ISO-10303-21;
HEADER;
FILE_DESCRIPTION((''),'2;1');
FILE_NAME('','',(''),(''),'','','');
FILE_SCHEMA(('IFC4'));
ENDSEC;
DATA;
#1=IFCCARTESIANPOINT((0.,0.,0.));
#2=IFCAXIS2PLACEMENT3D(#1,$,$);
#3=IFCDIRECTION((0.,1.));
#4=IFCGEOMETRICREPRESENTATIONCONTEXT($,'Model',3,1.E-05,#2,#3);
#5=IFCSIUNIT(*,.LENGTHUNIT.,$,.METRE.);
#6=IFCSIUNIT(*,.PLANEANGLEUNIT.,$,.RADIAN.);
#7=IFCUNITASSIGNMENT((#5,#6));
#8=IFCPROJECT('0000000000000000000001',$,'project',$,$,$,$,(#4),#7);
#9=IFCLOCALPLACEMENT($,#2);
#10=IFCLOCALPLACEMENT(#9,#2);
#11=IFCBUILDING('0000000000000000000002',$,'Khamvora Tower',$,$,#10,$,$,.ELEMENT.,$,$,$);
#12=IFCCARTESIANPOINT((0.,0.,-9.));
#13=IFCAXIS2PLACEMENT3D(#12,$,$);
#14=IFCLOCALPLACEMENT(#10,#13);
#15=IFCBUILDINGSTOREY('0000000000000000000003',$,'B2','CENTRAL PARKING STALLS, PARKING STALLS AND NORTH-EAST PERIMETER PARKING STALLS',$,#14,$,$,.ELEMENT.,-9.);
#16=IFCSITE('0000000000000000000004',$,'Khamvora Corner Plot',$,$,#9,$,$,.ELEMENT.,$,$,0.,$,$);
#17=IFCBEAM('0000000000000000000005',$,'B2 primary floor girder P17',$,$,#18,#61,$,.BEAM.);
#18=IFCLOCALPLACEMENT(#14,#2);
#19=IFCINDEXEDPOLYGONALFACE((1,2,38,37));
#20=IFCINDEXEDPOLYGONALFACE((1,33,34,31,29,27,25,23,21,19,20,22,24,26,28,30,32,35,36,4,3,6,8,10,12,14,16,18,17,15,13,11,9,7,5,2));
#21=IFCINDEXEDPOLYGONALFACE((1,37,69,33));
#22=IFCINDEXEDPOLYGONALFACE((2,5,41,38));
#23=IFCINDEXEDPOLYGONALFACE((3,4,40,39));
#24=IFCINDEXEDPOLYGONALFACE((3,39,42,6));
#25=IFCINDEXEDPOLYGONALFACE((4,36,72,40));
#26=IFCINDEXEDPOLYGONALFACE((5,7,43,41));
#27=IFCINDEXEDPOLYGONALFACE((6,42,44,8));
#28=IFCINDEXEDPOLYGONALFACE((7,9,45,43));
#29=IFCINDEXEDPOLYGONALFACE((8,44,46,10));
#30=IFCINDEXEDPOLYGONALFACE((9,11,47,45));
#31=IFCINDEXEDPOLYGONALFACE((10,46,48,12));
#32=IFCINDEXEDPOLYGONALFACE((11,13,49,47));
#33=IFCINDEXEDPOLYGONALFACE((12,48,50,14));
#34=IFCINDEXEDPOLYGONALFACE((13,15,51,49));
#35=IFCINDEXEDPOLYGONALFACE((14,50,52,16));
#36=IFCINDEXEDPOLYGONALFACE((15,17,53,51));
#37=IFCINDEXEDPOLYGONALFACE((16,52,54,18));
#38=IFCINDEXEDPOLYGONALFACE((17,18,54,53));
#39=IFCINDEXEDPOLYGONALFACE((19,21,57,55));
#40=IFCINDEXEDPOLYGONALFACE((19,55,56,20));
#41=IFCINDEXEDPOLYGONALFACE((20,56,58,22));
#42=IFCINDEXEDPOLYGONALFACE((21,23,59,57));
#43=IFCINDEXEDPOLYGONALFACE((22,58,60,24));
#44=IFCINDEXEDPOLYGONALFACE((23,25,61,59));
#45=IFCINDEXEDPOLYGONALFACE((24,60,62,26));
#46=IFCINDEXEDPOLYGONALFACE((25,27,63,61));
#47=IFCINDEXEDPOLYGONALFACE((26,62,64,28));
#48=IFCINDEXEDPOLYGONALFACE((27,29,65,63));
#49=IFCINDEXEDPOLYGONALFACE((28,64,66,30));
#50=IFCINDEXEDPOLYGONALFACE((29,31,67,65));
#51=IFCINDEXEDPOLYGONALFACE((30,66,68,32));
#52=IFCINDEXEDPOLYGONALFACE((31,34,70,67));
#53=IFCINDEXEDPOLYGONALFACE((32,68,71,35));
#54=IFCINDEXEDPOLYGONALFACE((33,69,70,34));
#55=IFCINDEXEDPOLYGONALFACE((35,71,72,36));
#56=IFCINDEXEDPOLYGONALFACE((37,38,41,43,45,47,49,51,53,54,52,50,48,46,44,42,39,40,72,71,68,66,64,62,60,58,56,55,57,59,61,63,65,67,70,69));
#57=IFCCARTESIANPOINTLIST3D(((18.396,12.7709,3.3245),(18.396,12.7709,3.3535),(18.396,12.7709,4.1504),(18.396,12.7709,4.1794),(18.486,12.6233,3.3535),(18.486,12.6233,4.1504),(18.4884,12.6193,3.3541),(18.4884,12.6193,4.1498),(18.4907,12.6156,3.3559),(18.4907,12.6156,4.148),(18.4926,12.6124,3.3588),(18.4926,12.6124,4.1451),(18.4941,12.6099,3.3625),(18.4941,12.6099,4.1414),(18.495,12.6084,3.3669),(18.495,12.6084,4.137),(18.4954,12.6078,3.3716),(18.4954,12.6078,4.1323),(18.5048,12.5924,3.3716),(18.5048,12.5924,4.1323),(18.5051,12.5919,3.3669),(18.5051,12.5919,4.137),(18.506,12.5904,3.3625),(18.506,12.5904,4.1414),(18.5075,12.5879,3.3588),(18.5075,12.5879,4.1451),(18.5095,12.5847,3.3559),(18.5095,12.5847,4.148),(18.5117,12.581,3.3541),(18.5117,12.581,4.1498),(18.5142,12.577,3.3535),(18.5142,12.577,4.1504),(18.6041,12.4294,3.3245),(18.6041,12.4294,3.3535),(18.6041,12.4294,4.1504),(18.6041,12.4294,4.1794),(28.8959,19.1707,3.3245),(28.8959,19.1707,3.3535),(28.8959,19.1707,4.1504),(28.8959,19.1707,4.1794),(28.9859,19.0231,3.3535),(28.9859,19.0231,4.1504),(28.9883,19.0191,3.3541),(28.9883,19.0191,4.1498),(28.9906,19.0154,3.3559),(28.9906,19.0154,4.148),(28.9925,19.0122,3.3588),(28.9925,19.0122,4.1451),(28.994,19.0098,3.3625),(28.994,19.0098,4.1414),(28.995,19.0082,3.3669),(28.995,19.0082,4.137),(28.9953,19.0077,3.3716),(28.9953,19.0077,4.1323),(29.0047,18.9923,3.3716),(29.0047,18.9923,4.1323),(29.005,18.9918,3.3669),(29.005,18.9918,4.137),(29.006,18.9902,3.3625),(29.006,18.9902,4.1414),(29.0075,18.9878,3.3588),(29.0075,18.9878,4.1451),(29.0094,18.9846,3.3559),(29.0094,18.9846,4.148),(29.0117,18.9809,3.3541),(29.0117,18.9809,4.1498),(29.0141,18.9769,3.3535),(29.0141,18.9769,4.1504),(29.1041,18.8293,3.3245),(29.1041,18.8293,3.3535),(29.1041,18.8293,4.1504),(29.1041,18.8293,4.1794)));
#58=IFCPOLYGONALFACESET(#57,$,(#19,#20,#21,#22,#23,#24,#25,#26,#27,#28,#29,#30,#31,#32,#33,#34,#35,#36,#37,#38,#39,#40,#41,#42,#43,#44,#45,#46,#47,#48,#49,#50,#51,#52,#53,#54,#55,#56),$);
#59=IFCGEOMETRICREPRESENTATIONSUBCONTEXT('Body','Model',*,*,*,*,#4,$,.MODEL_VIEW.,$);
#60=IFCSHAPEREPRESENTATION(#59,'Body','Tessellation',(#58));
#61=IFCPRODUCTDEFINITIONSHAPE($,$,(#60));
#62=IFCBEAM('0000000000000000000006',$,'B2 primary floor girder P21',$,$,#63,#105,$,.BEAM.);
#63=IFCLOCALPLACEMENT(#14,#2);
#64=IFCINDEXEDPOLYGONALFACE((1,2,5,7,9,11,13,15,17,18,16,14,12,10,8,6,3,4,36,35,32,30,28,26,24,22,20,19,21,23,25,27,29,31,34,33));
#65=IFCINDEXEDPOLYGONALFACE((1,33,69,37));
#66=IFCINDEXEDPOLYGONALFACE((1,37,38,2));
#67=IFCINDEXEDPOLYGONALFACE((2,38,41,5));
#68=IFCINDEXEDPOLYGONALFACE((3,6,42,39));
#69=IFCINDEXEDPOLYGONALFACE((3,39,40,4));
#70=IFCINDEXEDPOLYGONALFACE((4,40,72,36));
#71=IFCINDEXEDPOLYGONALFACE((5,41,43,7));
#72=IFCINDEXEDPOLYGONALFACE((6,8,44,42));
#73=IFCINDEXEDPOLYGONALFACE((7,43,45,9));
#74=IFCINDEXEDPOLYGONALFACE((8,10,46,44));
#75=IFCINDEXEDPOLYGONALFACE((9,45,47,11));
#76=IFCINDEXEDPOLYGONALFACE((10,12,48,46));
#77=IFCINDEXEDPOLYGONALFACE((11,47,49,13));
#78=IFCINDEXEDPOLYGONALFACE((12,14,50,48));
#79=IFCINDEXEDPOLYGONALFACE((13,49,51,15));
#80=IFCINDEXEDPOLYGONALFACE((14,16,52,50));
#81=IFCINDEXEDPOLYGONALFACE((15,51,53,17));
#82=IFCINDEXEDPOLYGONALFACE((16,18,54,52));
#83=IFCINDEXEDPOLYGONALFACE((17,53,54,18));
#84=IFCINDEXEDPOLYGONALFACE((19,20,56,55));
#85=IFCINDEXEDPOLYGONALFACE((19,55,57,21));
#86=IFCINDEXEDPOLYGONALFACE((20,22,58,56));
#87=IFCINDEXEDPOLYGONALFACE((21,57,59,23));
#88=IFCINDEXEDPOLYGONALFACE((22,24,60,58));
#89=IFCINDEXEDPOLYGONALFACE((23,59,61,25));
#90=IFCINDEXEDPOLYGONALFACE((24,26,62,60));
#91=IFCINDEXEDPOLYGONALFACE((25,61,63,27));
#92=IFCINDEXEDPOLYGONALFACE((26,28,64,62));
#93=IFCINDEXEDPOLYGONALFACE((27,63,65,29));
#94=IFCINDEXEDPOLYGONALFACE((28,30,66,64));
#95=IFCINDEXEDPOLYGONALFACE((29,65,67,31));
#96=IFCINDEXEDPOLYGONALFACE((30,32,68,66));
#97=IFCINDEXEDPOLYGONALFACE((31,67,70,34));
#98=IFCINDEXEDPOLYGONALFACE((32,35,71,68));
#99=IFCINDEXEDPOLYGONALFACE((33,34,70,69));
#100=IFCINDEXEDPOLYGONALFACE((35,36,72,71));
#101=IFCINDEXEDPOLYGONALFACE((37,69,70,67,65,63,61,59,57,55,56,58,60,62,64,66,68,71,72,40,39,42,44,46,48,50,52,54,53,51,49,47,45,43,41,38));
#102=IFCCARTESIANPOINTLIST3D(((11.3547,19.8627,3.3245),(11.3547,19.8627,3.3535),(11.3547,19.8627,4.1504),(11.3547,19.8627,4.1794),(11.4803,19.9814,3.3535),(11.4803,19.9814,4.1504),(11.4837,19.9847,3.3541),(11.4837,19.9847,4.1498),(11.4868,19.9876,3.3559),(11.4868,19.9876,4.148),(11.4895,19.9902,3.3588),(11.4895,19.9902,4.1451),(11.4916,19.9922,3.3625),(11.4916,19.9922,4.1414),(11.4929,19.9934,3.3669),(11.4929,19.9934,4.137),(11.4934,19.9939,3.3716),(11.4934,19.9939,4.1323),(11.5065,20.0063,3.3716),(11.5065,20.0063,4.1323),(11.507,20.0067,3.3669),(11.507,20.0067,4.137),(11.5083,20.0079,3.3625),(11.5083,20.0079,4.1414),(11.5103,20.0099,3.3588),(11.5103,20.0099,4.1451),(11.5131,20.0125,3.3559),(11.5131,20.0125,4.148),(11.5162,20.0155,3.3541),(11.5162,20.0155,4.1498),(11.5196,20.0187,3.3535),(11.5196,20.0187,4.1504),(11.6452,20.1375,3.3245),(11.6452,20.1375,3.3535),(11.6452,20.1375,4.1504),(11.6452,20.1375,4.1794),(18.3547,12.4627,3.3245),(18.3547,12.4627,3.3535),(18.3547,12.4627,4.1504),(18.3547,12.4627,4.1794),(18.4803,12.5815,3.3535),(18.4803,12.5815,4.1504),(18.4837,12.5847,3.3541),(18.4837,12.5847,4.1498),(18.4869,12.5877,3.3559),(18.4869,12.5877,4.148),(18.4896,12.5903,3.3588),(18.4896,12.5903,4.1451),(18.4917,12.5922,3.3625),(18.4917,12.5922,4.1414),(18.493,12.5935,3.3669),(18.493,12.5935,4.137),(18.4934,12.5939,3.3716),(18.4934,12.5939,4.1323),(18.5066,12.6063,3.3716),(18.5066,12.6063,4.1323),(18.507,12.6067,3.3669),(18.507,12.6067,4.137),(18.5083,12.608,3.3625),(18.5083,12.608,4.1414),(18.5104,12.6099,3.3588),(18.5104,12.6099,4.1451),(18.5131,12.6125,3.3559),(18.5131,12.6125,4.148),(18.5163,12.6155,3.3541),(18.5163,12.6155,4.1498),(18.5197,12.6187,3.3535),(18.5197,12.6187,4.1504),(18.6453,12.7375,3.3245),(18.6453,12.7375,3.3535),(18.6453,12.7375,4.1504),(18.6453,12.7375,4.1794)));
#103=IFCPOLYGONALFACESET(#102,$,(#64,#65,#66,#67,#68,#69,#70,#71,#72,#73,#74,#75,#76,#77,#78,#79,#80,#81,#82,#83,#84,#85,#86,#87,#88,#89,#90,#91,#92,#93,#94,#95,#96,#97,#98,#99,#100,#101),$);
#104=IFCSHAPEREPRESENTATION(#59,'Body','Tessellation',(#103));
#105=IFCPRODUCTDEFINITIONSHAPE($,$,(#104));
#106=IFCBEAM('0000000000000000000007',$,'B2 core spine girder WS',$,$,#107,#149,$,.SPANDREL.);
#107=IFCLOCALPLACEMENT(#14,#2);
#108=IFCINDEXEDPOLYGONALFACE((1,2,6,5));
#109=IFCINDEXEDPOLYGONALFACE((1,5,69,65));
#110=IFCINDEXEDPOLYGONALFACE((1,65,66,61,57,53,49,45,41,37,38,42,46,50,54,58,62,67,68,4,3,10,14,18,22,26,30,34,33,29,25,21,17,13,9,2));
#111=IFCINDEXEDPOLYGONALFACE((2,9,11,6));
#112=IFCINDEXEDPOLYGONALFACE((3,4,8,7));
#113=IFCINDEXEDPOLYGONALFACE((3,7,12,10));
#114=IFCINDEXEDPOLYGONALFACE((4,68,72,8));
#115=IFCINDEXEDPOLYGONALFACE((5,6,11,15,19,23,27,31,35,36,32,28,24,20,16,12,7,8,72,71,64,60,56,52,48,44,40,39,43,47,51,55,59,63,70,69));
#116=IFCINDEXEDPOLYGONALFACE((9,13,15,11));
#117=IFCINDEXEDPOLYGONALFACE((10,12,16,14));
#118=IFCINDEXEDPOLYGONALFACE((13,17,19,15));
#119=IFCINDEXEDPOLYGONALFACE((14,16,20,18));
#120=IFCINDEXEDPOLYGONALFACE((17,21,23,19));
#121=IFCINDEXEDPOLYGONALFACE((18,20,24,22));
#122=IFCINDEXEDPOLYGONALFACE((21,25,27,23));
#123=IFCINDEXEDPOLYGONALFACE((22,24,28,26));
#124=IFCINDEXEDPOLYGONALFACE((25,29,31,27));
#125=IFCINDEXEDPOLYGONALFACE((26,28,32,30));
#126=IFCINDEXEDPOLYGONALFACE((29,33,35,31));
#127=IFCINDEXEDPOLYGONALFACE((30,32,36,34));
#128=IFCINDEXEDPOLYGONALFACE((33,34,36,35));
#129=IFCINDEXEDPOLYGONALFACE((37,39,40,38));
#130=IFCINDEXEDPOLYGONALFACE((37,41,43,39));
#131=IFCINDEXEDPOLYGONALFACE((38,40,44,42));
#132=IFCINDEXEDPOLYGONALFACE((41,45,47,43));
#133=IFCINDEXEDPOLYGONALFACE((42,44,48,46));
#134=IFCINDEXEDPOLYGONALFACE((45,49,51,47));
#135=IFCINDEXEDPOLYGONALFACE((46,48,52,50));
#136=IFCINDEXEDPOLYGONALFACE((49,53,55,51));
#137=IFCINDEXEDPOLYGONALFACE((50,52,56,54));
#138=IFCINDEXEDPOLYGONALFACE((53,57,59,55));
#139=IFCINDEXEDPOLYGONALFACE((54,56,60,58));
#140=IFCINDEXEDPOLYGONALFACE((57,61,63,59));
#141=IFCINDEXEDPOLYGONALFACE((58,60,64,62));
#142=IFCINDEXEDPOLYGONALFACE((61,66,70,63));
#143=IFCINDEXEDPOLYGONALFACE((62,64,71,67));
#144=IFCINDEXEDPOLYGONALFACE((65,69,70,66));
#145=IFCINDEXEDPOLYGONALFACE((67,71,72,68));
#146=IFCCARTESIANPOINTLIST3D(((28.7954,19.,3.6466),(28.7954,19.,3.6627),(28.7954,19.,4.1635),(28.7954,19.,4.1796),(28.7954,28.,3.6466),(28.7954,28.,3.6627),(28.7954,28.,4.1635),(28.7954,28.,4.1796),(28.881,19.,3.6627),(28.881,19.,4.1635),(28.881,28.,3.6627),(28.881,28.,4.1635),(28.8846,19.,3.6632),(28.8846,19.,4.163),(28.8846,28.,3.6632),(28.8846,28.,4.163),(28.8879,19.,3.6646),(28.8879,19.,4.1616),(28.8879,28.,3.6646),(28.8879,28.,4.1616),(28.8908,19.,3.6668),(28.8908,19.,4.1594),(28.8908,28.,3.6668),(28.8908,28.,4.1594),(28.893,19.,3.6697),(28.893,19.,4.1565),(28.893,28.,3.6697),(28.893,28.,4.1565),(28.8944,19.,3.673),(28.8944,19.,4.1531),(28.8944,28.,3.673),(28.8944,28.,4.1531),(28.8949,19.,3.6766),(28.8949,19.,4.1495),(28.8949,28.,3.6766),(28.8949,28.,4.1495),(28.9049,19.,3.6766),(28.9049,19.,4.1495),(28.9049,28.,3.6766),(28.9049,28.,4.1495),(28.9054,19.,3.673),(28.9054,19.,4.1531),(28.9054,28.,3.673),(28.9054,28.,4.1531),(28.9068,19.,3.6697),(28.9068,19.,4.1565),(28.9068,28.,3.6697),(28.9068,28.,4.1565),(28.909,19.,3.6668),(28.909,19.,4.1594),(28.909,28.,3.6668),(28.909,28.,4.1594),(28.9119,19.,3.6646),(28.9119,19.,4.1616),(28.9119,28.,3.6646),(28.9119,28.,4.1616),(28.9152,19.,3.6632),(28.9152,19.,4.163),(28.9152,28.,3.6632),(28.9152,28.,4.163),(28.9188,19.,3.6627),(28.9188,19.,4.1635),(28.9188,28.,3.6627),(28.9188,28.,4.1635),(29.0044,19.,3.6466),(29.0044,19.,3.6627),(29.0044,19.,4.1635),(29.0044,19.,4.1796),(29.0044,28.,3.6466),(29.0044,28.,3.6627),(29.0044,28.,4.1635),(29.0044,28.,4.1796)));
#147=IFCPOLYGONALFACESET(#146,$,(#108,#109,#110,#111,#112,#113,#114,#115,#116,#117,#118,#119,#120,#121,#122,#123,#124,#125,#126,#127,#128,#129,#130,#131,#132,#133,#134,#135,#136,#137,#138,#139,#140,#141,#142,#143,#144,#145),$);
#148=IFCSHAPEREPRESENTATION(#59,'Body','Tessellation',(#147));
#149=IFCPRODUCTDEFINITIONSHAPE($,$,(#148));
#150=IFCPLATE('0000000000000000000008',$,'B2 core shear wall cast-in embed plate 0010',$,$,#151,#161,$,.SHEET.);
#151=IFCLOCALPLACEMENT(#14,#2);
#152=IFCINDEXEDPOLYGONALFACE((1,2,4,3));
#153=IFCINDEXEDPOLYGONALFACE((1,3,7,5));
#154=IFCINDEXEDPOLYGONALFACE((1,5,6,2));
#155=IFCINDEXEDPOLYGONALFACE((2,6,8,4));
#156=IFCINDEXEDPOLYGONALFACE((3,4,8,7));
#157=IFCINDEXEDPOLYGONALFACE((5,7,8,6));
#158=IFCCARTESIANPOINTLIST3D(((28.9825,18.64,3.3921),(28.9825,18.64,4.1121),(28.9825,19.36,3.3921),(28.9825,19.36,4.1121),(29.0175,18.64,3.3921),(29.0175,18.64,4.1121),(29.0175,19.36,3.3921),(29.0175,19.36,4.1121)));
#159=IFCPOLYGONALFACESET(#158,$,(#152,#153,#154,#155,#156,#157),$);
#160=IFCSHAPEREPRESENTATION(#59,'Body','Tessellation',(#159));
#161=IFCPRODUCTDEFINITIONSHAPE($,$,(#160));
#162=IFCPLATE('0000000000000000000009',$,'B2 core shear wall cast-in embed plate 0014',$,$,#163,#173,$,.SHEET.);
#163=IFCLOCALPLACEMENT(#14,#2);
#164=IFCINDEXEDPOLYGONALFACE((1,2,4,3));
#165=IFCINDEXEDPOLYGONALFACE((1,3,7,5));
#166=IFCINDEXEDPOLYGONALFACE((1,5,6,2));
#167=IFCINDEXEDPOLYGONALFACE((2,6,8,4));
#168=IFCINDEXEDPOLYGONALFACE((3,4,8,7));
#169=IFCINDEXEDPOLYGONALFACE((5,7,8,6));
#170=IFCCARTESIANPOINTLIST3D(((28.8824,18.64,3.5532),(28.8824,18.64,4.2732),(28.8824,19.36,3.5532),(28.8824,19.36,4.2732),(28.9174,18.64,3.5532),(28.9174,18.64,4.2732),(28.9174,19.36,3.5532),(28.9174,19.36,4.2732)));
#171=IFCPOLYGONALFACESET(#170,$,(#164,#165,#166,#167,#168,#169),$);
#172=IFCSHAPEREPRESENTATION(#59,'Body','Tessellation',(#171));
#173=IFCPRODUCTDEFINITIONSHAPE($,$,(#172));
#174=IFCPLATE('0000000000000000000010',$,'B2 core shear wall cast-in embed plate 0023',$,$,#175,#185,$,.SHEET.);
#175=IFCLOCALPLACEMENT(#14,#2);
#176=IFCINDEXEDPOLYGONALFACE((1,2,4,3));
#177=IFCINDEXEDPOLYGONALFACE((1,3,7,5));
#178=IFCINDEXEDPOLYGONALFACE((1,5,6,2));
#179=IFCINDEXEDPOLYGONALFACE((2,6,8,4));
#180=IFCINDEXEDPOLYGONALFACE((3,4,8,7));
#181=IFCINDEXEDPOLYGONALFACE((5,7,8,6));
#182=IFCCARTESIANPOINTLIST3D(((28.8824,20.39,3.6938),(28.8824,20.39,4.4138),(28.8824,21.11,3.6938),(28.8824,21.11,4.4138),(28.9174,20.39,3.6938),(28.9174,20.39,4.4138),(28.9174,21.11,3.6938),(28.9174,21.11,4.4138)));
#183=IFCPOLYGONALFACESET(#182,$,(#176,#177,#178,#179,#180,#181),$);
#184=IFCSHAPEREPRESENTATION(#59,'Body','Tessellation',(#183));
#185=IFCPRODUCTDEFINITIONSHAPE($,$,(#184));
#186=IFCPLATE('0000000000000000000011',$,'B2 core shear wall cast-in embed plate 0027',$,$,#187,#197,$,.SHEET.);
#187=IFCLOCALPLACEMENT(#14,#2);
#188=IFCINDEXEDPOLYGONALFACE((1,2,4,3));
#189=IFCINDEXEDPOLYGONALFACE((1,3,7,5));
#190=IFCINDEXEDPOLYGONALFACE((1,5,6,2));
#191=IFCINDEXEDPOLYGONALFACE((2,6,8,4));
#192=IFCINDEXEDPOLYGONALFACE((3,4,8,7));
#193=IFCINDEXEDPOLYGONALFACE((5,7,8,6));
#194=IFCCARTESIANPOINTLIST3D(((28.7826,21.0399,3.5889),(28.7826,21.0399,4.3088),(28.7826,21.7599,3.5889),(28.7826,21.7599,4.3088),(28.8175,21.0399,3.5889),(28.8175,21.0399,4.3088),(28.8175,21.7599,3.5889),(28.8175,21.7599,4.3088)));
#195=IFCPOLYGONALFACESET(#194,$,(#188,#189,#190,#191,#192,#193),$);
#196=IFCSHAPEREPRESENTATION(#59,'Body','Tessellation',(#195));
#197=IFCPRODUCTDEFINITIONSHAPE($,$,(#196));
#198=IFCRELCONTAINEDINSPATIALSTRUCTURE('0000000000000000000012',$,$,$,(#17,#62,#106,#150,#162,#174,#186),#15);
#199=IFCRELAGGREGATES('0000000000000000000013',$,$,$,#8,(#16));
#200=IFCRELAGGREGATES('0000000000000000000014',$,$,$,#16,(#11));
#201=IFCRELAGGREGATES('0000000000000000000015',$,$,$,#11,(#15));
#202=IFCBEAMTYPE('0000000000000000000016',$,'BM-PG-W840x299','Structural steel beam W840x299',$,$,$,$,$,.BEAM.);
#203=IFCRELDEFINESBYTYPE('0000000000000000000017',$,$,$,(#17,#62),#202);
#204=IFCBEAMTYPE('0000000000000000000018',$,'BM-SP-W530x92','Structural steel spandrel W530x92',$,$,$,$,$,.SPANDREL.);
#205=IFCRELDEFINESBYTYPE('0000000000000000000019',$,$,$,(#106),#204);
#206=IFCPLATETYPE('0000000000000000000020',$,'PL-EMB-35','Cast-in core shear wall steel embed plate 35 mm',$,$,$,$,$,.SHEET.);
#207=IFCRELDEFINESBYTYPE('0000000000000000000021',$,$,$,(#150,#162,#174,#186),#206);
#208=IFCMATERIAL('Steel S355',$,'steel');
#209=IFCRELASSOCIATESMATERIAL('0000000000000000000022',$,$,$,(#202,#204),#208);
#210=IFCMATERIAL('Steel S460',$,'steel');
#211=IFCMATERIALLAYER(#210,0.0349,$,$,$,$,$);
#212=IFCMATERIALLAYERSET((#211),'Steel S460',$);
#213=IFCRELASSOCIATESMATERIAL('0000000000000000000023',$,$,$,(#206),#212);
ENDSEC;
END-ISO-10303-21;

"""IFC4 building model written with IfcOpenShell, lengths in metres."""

from ifc_helpers import new_model, si_unit, direction, frame, origin, origin_2d, place, context, subcontext, project, spatial, rectangle, i_section, extrude, material, layer, layer_set, material_profile, profile_set, type_object, element, save


model = new_model("IFC4")

# Units and contexts
model_context = context("Model", 3, precision=1e-05, world=origin(), true_north=direction((0.0, 1.0)))
body_context = subcontext(model_context, "Body", "Model", "MODEL_VIEW")
ifc_project = project(units=[si_unit("LENGTHUNIT", "METRE"), si_unit("PLANEANGLEUNIT", "RADIAN")], contexts=[model_context])

# Site, building, storey
site_placement = place(None, origin())
site = spatial("IfcSite", under=ifc_project, at=site_placement, Name="Khamvora Corner Plot", CompositionType="ELEMENT", RefElevation=0.0)
building_placement = place(site_placement, origin())
building = spatial("IfcBuilding", under=site, at=building_placement, Name="Khamvora Tower", CompositionType="ELEMENT")
storey_placement = place(building_placement, frame((0.0, 0.0, -9.0)))
storey = spatial("IfcBuildingStorey", under=building, at=storey_placement, Name="B2", Description="CENTRAL PARKING STALLS, PARKING STALLS AND NORTH-EAST PERIMETER PARKING STALLS", CompositionType="ELEMENT", Elevation=-9.0)

# Shared definitions
ifc_material_1 = material(Name="Steel S460", Category="steel")

# Beams
ifc_material_2 = material(Name="Steel S355", Category="steel")
ifc_material_profile_1 = material_profile(ifc_material_2, i_section(OverallWidth=0.3999, OverallDepth=0.855, WebThickness=0.0181, FlangeThickness=0.0291, FilletRadius=0.0181, at=origin_2d()), Name="W840x299")
ifc_profile_set_1 = profile_set([ifc_material_profile_1], Name="Steel S355")
beam_type_1 = type_object("IfcBeamType", Name="BM-PG-W840x299", Description="Structural steel beam W840x299", PredefinedType="BEAM", material=ifc_profile_set_1)
beam_1_placement = place(storey_placement, frame((29.0, 19.0, 3.752), z_axis=(-0.853888, -0.520457, 0.0), x_axis=(0.520457, -0.853888, 0.0)))
element("IfcBeam", 1, at=beam_1_placement, inside=storey, type_object=beam_type_1, Name="B2 primary floor girder P17", PredefinedType="BEAM", context=body_context, shape_type="SweptSolid", body=[
    extrude(i_section(OverallWidth=0.3999, OverallDepth=0.855, WebThickness=0.0181, FlangeThickness=0.0291, FilletRadius=0.0181, at=origin_2d()), origin(), (0.0, 0.0, 1.0), 12.2966),
])
beam_2_placement = place(storey_placement, frame((18.5, 12.6001, 3.752), z_axis=(-0.687205, 0.726464, 0.0), x_axis=(-0.726464, -0.687205, 0.0)))
element("IfcBeam", 2, at=beam_2_placement, inside=storey, type_object=beam_type_1, Name="B2 primary floor girder P21", PredefinedType="BEAM", context=body_context, shape_type="SweptSolid", body=[
    extrude(i_section(OverallWidth=0.3999, OverallDepth=0.855, WebThickness=0.0181, FlangeThickness=0.0291, FilletRadius=0.0181, at=origin_2d()), origin(), (0.0, 0.0, 1.0), 10.1863),
])
ifc_material_profile_2 = material_profile(ifc_material_2, i_section(OverallWidth=0.209, OverallDepth=0.533, WebThickness=0.01, FlangeThickness=0.0161, FilletRadius=0.0139, at=origin_2d()), Name="W530x92")
ifc_profile_set_2 = profile_set([ifc_material_profile_2], Name="Steel S355")
beam_type_2 = type_object("IfcBeamType", Name="BM-SP-W530x92", Description="Structural steel spandrel W530x92", PredefinedType="SPANDREL", material=ifc_profile_set_2)
beam_3_placement = place(storey_placement, frame((28.8999, 19.0, 3.9131), z_axis=(0.0, 1.0, 0.0), x_axis=(-1.0, 0.0, 0.0)))
element("IfcBeam", 3, at=beam_3_placement, inside=storey, type_object=beam_type_2, Name="B2 core spine girder WS", PredefinedType="SPANDREL", context=body_context, shape_type="SweptSolid", body=[
    extrude(i_section(OverallWidth=0.209, OverallDepth=0.533, WebThickness=0.01, FlangeThickness=0.0161, FilletRadius=0.0139, at=origin_2d()), origin(), (0.0, 0.0, 1.0), 9.0),
])

# Plates
ifc_layer_1 = layer(ifc_material_1, 0.0349)
ifc_layer_set_1 = layer_set([ifc_layer_1], Name="Steel S460")
plate_type = type_object("IfcPlateType", Name="PL-EMB-35", Description="Cast-in core shear wall steel embed plate 35 mm", PredefinedType="SHEET", material=ifc_layer_set_1)
for number, where, z_axis, x_axis, name in (
    (4, (29.0, 19.0, 3.3921), (0.0, 0.0, 1.0), (1.0, 0.0, 0.0), "B2 core shear wall cast-in embed plate 0010"),
    (5, (28.8999, 19.0, 3.5532), (0.0, 0.0, 1.0), (1.0, 0.0, 0.0), "B2 core shear wall cast-in embed plate 0014"),
    (6, (28.8999, 20.75, 3.6938), (0.0, 0.0, 1.0), (1.0, 0.0, 0.0), "B2 core shear wall cast-in embed plate 0023"),
    (7, (28.8, 21.3999, 3.5889), (0.0, 0.0, 1.0), (1.0, 0.0, 0.0), "B2 core shear wall cast-in embed plate 0027"),
):
    element("IfcPlate", number, at=place(storey_placement, frame(where, z_axis=z_axis, x_axis=x_axis)), inside=storey, type_object=plate_type, Name=name, PredefinedType="SHEET", context=body_context, shape_type="SweptSolid", body=[
        extrude(rectangle(XDim=0.0349, YDim=0.72, at=origin_2d()), origin(), (0.0, 0.0, 1.0), 0.72),
    ])

save(model, "model.ifc")
